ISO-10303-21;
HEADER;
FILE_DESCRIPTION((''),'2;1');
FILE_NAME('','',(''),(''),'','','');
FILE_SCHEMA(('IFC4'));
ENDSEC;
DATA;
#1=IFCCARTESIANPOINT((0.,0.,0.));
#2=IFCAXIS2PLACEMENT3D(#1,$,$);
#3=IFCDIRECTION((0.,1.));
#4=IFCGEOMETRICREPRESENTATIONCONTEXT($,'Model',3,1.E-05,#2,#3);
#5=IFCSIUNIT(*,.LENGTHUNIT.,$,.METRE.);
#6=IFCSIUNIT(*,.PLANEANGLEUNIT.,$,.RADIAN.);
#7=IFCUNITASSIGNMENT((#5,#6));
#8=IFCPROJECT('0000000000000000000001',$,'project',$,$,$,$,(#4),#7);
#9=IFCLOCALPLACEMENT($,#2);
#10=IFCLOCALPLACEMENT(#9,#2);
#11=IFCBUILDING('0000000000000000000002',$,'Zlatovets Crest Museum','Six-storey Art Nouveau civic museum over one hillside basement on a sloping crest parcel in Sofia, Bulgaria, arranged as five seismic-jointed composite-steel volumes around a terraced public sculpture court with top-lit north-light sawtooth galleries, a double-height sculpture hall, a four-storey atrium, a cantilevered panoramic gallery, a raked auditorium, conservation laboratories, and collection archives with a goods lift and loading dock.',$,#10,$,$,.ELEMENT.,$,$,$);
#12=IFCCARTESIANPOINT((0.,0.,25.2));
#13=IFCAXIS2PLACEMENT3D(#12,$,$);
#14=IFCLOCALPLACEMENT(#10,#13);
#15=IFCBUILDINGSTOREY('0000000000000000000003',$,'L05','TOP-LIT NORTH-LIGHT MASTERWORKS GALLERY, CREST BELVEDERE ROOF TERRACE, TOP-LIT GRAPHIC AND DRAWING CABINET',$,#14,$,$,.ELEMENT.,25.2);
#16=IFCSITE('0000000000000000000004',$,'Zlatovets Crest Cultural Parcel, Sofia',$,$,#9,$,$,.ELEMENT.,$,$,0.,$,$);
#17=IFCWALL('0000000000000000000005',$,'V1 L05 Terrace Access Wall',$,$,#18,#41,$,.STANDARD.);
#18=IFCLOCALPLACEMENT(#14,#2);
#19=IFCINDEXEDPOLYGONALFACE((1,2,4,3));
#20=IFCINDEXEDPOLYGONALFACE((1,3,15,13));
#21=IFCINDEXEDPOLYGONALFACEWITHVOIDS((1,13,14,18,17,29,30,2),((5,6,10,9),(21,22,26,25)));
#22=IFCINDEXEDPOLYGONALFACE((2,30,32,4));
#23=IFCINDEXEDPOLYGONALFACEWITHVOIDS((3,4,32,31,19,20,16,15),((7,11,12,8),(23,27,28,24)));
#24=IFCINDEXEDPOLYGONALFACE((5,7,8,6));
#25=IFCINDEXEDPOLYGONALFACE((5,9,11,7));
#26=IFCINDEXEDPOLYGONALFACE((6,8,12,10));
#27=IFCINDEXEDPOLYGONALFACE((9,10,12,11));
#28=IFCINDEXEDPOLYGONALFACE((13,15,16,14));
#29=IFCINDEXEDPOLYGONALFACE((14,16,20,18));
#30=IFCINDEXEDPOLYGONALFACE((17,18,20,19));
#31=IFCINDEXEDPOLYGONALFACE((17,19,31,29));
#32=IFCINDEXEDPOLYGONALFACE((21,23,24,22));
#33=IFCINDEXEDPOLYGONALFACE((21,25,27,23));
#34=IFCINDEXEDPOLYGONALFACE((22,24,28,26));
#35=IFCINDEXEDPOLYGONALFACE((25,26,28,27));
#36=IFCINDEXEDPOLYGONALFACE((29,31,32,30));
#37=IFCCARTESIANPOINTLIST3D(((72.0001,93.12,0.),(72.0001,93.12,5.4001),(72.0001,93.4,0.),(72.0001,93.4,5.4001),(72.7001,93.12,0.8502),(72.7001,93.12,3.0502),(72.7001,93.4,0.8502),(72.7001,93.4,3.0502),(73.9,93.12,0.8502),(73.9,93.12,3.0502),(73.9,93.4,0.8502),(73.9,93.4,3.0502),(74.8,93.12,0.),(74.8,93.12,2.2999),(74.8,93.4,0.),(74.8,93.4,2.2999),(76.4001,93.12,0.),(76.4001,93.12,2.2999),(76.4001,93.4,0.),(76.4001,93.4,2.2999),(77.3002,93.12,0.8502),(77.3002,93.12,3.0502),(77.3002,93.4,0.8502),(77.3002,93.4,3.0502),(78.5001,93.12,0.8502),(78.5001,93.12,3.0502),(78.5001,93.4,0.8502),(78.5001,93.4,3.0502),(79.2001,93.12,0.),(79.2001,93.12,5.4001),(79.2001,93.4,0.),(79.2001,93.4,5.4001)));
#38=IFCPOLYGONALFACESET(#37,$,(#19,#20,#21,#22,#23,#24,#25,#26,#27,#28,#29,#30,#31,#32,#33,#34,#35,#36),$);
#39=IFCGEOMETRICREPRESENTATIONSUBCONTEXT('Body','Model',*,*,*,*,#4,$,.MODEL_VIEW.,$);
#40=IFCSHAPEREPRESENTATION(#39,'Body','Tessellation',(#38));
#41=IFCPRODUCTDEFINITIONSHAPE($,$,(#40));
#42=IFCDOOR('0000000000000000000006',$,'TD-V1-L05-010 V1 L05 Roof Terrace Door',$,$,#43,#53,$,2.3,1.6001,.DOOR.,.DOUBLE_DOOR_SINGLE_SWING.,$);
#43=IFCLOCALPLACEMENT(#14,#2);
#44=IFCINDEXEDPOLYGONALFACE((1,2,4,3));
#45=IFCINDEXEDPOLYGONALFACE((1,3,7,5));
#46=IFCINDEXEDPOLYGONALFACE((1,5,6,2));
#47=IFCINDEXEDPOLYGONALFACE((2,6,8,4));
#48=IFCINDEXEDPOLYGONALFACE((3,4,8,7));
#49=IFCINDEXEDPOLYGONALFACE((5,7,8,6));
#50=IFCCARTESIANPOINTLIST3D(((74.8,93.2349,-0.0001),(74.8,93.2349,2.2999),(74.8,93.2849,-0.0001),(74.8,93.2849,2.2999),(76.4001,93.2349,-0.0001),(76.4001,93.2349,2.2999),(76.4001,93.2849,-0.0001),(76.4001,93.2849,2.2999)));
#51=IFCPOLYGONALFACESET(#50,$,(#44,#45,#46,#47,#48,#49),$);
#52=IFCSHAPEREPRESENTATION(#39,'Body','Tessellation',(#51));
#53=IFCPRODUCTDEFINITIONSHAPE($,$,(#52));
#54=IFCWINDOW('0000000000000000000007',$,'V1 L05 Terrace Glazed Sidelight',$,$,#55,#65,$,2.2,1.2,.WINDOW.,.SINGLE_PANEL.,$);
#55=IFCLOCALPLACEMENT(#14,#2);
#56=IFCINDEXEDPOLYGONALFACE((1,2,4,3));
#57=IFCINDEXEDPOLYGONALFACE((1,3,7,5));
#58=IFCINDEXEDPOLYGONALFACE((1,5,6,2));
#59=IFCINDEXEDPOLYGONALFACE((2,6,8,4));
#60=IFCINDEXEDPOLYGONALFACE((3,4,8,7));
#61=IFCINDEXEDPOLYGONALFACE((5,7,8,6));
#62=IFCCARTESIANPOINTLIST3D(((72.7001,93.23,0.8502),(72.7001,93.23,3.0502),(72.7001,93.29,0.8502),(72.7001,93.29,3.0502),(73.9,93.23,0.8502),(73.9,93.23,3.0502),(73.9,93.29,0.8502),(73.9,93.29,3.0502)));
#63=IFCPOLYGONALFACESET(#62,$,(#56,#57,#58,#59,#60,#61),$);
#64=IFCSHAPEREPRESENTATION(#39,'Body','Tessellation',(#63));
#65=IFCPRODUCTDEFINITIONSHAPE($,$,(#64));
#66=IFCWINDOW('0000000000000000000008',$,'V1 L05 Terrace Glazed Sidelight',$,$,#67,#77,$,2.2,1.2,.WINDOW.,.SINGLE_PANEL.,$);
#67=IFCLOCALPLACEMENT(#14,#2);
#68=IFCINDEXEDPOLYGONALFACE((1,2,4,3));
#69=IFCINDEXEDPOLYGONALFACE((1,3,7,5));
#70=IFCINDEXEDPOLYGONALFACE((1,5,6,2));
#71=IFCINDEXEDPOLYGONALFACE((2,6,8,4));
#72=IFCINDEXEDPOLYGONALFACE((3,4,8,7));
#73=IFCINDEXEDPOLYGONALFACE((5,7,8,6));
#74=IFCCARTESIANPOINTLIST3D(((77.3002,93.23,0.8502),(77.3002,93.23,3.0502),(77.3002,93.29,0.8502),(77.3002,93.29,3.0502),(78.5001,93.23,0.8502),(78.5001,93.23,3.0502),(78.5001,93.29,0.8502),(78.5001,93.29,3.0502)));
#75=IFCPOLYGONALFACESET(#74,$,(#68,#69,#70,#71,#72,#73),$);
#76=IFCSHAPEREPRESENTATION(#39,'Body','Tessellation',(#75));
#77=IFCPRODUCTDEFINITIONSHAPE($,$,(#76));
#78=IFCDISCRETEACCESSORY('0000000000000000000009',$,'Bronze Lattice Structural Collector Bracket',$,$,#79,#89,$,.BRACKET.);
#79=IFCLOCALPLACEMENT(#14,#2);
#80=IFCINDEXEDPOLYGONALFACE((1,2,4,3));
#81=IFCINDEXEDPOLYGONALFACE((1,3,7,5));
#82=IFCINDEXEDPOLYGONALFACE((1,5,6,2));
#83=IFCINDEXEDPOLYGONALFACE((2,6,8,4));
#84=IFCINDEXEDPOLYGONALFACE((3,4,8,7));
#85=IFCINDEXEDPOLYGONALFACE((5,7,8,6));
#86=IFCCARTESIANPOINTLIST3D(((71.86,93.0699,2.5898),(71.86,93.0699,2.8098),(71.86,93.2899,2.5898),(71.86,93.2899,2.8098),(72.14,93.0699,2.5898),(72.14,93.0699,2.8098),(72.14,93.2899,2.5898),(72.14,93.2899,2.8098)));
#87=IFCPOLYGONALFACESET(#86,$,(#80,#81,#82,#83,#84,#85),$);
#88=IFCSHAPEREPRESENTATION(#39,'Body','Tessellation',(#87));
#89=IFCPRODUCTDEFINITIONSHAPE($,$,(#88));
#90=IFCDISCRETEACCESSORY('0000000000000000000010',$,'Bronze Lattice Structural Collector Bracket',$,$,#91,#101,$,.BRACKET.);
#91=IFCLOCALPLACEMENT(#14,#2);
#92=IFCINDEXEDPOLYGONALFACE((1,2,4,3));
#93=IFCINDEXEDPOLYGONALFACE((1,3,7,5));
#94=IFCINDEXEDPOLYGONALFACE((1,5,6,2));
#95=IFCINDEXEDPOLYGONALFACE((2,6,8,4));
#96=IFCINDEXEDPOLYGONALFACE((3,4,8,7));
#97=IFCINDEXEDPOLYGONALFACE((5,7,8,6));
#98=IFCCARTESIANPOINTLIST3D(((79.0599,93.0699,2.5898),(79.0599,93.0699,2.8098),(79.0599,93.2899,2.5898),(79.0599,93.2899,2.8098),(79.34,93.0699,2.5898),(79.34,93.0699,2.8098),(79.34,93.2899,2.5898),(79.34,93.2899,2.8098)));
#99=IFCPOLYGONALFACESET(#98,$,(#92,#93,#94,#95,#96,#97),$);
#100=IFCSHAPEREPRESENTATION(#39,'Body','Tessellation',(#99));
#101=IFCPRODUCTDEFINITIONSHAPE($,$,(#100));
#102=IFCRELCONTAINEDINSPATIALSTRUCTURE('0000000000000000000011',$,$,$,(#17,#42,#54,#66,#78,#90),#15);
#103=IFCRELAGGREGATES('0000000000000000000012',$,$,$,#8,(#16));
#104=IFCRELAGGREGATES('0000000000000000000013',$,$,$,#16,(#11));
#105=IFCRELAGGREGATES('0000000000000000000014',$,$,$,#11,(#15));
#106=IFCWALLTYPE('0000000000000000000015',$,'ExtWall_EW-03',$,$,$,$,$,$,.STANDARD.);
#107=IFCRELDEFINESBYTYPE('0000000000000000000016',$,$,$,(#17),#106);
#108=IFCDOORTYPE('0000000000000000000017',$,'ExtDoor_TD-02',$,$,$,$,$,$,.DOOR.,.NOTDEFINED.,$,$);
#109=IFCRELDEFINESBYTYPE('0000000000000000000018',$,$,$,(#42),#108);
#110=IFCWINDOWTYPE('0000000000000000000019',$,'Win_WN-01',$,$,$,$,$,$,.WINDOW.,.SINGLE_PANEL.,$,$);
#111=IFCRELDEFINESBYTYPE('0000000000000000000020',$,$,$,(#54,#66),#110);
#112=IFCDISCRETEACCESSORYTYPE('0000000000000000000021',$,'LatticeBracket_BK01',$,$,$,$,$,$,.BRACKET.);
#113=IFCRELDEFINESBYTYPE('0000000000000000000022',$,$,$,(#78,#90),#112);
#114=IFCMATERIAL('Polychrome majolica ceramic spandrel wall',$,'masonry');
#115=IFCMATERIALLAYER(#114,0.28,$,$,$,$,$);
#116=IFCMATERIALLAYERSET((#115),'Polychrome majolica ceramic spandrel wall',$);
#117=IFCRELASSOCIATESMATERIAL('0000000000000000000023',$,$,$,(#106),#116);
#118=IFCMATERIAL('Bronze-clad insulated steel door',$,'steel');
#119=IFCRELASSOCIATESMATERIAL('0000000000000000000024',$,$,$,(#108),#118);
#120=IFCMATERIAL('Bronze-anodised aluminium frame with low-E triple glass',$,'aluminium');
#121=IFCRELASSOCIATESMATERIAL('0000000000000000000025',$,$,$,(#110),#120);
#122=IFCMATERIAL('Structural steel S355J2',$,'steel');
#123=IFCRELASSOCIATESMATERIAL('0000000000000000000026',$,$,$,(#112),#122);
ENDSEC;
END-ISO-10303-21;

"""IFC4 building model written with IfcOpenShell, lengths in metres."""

from ifc_helpers import new_model, si_unit, direction, frame, frame_2d, origin, origin_2d, place, context, subcontext, project, spatial, rectangle, extrude, material, layer, layer_set, type_object, element, fill, save


model = new_model("IFC4")

# Units and contexts
model_context = context("Model", 3, precision=1e-05, world=origin(), true_north=direction((0.0, 1.0)))
body_context = subcontext(model_context, "Body", "Model", "MODEL_VIEW")
ifc_project = project(units=[si_unit("LENGTHUNIT", "METRE"), si_unit("PLANEANGLEUNIT", "RADIAN")], contexts=[model_context])

# Site, building, storey
site_placement = place(None, origin())
site = spatial("IfcSite", under=ifc_project, at=site_placement, Name="Zlatovets Crest Cultural Parcel, Sofia", CompositionType="ELEMENT", RefElevation=0.0)
building_placement = place(site_placement, origin())
building = spatial("IfcBuilding", under=site, at=building_placement, Name="Zlatovets Crest Museum", Description="Six-storey Art Nouveau civic museum over one hillside basement on a sloping crest parcel in Sofia, Bulgaria, arranged as five seismic-jointed composite-steel volumes around a terraced public sculpture court with top-lit north-light sawtooth galleries, a double-height sculpture hall, a four-storey atrium, a cantilevered panoramic gallery, a raked auditorium, conservation laboratories, and collection archives with a goods lift and loading dock.", CompositionType="ELEMENT")
storey_placement = place(building_placement, frame((0.0, 0.0, 25.2)))
storey = spatial("IfcBuildingStorey", under=building, at=storey_placement, Name="L05", Description="TOP-LIT NORTH-LIGHT MASTERWORKS GALLERY, CREST BELVEDERE ROOF TERRACE, TOP-LIT GRAPHIC AND DRAWING CABINET", CompositionType="ELEMENT", Elevation=25.2)

# Shared definitions
ifc_material_1 = material(Name="Structural steel S355J2", Category="steel")

# Wall, openings, door, windows
ifc_material_2 = material(Name="Polychrome majolica ceramic spandrel wall", Category="masonry")
ifc_layer = layer(ifc_material_2, 0.28)
ifc_layer_set = layer_set([ifc_layer], Name="Polychrome majolica ceramic spandrel wall")
wall_type = type_object("IfcWallType", Name="ExtWall_EW-03", PredefinedType="STANDARD", material=ifc_layer_set)
wall_placement = place(storey_placement, frame((72.0, 93.26, 0.0), z_axis=(0.0, 0.0, 1.0), x_axis=(1.0, 0.0, 0.0)))
wall = element("IfcWall", 1, at=wall_placement, inside=storey, type_object=wall_type, Name="V1 L05 Terrace Access Wall", PredefinedType="STANDARD", context=body_context, shape_type="SweptSolid", body=[
    extrude(rectangle(XDim=7.2, YDim=0.28, at=frame_2d((3.6001, 0.0))), origin(), (0.0, 0.0, 1.0), 5.4001),
])
opening_1_placement = place(wall_placement, frame((2.8, 0.0, 0.0)))
opening_1 = element("IfcOpeningElement", 2, at=opening_1_placement, cuts=wall, PredefinedType="OPENING", context=body_context, shape_type="SweptSolid", body=[
    extrude(rectangle(XDim=1.6001, YDim=2.3, at=frame_2d((0.8, 1.1499))), frame((0.0, 0.1499, 0.0), z_axis=(0.0, -1.0, 0.0), x_axis=(1.0, 0.0, 0.0)), (0.0, 0.0, 1.0), 0.3),
])
opening_2_placement = place(wall_placement, frame((0.7, 0.0, 0.8501)))
opening_2 = element("IfcOpeningElement", 3, at=opening_2_placement, cuts=wall, PredefinedType="OPENING", context=body_context, shape_type="SweptSolid", body=[
    extrude(rectangle(XDim=1.2, YDim=2.2, at=frame_2d((0.6001, 1.1001))), frame((0.0, 0.1499, 0.0), z_axis=(0.0, -1.0, 0.0), x_axis=(1.0, 0.0, 0.0)), (0.0, 0.0, 1.0), 0.3),
])
opening_3_placement = place(wall_placement, frame((5.3, 0.0, 0.8501)))
opening_3 = element("IfcOpeningElement", 4, at=opening_3_placement, cuts=wall, PredefinedType="OPENING", context=body_context, shape_type="SweptSolid", body=[
    extrude(rectangle(XDim=1.2, YDim=2.2, at=frame_2d((0.6001, 1.1001))), frame((0.0, 0.1499, 0.0), z_axis=(0.0, -1.0, 0.0), x_axis=(1.0, 0.0, 0.0)), (0.0, 0.0, 1.0), 0.3),
])
ifc_material_3 = material(Name="Bronze-clad insulated steel door", Category="steel")
door_type = type_object("IfcDoorType", Name="ExtDoor_TD-02", OperationType="NOTDEFINED", PredefinedType="DOOR", material=ifc_material_3)
door_placement = place(opening_1_placement, origin())
door = element("IfcDoor", 5, at=door_placement, inside=storey, type_object=door_type, Name="TD-V1-L05-010 V1 L05 Roof Terrace Door", OperationType="DOUBLE_DOOR_SINGLE_SWING", OverallHeight=2.3, OverallWidth=1.6001, PredefinedType="DOOR", context=body_context, shape_type="SweptSolid", body=[
    extrude(rectangle(XDim=1.6001, YDim=2.3, at=frame_2d((0.8, 1.1499))), frame((0.0, 0.0249, 0.0), z_axis=(0.0, -1.0, 0.0), x_axis=(1.0, 0.0, 0.0)), (0.0, 0.0, 1.0), 0.05),
])
fill(opening_1, door)
ifc_material_4 = material(Name="Bronze-anodised aluminium frame with low-E triple glass", Category="aluminium")
window_type = type_object("IfcWindowType", Name="Win_WN-01", PartitioningType="SINGLE_PANEL", PredefinedType="WINDOW", material=ifc_material_4)
window_1_placement = place(opening_2_placement, origin())
window_1 = element("IfcWindow", 6, at=window_1_placement, inside=storey, type_object=window_type, Name="V1 L05 Terrace Glazed Sidelight", OverallHeight=2.2, OverallWidth=1.2, PartitioningType="SINGLE_PANEL", PredefinedType="WINDOW", context=body_context, shape_type="SweptSolid", body=[
    extrude(rectangle(XDim=1.2, YDim=2.2, at=frame_2d((0.6001, 1.1001))), frame((0.0, 0.03, 0.0), z_axis=(0.0, -1.0, 0.0), x_axis=(1.0, 0.0, 0.0)), (0.0, 0.0, 1.0), 0.0601),
])
fill(opening_2, window_1)
window_2_placement = place(opening_3_placement, origin())
window_2 = element("IfcWindow", 7, at=window_2_placement, inside=storey, type_object=window_type, Name="V1 L05 Terrace Glazed Sidelight", OverallHeight=2.2, OverallWidth=1.2, PartitioningType="SINGLE_PANEL", PredefinedType="WINDOW", context=body_context, shape_type="SweptSolid", body=[
    extrude(rectangle(XDim=1.2, YDim=2.2, at=frame_2d((0.6001, 1.1001))), frame((0.0, 0.03, 0.0), z_axis=(0.0, -1.0, 0.0), x_axis=(1.0, 0.0, 0.0)), (0.0, 0.0, 1.0), 0.0601),
])
fill(opening_3, window_2)

# Discrete accessories
discrete_accessory_type = type_object("IfcDiscreteAccessoryType", Name="LatticeBracket_BK01", PredefinedType="BRACKET", material=ifc_material_1)
for number, where, z_axis, x_axis, name in (
    (8, (72.0, 93.1799, 2.5898), (0.0, 0.0, 1.0), (1.0, 0.0, 0.0), "Bronze Lattice Structural Collector Bracket"),
    (9, (79.2, 93.1799, 2.5898), (0.0, 0.0, 1.0), (1.0, 0.0, 0.0), "Bronze Lattice Structural Collector Bracket"),
):
    element("IfcDiscreteAccessory", number, at=place(storey_placement, frame(where, z_axis=z_axis, x_axis=x_axis)), inside=storey, type_object=discrete_accessory_type, Name=name, PredefinedType="BRACKET", context=body_context, shape_type="SweptSolid", body=[
        extrude(rectangle(XDim=0.28, YDim=0.22, at=origin_2d()), origin(), (0.0, 0.0, 1.0), 0.22),
    ])

save(model, "model.ifc")
